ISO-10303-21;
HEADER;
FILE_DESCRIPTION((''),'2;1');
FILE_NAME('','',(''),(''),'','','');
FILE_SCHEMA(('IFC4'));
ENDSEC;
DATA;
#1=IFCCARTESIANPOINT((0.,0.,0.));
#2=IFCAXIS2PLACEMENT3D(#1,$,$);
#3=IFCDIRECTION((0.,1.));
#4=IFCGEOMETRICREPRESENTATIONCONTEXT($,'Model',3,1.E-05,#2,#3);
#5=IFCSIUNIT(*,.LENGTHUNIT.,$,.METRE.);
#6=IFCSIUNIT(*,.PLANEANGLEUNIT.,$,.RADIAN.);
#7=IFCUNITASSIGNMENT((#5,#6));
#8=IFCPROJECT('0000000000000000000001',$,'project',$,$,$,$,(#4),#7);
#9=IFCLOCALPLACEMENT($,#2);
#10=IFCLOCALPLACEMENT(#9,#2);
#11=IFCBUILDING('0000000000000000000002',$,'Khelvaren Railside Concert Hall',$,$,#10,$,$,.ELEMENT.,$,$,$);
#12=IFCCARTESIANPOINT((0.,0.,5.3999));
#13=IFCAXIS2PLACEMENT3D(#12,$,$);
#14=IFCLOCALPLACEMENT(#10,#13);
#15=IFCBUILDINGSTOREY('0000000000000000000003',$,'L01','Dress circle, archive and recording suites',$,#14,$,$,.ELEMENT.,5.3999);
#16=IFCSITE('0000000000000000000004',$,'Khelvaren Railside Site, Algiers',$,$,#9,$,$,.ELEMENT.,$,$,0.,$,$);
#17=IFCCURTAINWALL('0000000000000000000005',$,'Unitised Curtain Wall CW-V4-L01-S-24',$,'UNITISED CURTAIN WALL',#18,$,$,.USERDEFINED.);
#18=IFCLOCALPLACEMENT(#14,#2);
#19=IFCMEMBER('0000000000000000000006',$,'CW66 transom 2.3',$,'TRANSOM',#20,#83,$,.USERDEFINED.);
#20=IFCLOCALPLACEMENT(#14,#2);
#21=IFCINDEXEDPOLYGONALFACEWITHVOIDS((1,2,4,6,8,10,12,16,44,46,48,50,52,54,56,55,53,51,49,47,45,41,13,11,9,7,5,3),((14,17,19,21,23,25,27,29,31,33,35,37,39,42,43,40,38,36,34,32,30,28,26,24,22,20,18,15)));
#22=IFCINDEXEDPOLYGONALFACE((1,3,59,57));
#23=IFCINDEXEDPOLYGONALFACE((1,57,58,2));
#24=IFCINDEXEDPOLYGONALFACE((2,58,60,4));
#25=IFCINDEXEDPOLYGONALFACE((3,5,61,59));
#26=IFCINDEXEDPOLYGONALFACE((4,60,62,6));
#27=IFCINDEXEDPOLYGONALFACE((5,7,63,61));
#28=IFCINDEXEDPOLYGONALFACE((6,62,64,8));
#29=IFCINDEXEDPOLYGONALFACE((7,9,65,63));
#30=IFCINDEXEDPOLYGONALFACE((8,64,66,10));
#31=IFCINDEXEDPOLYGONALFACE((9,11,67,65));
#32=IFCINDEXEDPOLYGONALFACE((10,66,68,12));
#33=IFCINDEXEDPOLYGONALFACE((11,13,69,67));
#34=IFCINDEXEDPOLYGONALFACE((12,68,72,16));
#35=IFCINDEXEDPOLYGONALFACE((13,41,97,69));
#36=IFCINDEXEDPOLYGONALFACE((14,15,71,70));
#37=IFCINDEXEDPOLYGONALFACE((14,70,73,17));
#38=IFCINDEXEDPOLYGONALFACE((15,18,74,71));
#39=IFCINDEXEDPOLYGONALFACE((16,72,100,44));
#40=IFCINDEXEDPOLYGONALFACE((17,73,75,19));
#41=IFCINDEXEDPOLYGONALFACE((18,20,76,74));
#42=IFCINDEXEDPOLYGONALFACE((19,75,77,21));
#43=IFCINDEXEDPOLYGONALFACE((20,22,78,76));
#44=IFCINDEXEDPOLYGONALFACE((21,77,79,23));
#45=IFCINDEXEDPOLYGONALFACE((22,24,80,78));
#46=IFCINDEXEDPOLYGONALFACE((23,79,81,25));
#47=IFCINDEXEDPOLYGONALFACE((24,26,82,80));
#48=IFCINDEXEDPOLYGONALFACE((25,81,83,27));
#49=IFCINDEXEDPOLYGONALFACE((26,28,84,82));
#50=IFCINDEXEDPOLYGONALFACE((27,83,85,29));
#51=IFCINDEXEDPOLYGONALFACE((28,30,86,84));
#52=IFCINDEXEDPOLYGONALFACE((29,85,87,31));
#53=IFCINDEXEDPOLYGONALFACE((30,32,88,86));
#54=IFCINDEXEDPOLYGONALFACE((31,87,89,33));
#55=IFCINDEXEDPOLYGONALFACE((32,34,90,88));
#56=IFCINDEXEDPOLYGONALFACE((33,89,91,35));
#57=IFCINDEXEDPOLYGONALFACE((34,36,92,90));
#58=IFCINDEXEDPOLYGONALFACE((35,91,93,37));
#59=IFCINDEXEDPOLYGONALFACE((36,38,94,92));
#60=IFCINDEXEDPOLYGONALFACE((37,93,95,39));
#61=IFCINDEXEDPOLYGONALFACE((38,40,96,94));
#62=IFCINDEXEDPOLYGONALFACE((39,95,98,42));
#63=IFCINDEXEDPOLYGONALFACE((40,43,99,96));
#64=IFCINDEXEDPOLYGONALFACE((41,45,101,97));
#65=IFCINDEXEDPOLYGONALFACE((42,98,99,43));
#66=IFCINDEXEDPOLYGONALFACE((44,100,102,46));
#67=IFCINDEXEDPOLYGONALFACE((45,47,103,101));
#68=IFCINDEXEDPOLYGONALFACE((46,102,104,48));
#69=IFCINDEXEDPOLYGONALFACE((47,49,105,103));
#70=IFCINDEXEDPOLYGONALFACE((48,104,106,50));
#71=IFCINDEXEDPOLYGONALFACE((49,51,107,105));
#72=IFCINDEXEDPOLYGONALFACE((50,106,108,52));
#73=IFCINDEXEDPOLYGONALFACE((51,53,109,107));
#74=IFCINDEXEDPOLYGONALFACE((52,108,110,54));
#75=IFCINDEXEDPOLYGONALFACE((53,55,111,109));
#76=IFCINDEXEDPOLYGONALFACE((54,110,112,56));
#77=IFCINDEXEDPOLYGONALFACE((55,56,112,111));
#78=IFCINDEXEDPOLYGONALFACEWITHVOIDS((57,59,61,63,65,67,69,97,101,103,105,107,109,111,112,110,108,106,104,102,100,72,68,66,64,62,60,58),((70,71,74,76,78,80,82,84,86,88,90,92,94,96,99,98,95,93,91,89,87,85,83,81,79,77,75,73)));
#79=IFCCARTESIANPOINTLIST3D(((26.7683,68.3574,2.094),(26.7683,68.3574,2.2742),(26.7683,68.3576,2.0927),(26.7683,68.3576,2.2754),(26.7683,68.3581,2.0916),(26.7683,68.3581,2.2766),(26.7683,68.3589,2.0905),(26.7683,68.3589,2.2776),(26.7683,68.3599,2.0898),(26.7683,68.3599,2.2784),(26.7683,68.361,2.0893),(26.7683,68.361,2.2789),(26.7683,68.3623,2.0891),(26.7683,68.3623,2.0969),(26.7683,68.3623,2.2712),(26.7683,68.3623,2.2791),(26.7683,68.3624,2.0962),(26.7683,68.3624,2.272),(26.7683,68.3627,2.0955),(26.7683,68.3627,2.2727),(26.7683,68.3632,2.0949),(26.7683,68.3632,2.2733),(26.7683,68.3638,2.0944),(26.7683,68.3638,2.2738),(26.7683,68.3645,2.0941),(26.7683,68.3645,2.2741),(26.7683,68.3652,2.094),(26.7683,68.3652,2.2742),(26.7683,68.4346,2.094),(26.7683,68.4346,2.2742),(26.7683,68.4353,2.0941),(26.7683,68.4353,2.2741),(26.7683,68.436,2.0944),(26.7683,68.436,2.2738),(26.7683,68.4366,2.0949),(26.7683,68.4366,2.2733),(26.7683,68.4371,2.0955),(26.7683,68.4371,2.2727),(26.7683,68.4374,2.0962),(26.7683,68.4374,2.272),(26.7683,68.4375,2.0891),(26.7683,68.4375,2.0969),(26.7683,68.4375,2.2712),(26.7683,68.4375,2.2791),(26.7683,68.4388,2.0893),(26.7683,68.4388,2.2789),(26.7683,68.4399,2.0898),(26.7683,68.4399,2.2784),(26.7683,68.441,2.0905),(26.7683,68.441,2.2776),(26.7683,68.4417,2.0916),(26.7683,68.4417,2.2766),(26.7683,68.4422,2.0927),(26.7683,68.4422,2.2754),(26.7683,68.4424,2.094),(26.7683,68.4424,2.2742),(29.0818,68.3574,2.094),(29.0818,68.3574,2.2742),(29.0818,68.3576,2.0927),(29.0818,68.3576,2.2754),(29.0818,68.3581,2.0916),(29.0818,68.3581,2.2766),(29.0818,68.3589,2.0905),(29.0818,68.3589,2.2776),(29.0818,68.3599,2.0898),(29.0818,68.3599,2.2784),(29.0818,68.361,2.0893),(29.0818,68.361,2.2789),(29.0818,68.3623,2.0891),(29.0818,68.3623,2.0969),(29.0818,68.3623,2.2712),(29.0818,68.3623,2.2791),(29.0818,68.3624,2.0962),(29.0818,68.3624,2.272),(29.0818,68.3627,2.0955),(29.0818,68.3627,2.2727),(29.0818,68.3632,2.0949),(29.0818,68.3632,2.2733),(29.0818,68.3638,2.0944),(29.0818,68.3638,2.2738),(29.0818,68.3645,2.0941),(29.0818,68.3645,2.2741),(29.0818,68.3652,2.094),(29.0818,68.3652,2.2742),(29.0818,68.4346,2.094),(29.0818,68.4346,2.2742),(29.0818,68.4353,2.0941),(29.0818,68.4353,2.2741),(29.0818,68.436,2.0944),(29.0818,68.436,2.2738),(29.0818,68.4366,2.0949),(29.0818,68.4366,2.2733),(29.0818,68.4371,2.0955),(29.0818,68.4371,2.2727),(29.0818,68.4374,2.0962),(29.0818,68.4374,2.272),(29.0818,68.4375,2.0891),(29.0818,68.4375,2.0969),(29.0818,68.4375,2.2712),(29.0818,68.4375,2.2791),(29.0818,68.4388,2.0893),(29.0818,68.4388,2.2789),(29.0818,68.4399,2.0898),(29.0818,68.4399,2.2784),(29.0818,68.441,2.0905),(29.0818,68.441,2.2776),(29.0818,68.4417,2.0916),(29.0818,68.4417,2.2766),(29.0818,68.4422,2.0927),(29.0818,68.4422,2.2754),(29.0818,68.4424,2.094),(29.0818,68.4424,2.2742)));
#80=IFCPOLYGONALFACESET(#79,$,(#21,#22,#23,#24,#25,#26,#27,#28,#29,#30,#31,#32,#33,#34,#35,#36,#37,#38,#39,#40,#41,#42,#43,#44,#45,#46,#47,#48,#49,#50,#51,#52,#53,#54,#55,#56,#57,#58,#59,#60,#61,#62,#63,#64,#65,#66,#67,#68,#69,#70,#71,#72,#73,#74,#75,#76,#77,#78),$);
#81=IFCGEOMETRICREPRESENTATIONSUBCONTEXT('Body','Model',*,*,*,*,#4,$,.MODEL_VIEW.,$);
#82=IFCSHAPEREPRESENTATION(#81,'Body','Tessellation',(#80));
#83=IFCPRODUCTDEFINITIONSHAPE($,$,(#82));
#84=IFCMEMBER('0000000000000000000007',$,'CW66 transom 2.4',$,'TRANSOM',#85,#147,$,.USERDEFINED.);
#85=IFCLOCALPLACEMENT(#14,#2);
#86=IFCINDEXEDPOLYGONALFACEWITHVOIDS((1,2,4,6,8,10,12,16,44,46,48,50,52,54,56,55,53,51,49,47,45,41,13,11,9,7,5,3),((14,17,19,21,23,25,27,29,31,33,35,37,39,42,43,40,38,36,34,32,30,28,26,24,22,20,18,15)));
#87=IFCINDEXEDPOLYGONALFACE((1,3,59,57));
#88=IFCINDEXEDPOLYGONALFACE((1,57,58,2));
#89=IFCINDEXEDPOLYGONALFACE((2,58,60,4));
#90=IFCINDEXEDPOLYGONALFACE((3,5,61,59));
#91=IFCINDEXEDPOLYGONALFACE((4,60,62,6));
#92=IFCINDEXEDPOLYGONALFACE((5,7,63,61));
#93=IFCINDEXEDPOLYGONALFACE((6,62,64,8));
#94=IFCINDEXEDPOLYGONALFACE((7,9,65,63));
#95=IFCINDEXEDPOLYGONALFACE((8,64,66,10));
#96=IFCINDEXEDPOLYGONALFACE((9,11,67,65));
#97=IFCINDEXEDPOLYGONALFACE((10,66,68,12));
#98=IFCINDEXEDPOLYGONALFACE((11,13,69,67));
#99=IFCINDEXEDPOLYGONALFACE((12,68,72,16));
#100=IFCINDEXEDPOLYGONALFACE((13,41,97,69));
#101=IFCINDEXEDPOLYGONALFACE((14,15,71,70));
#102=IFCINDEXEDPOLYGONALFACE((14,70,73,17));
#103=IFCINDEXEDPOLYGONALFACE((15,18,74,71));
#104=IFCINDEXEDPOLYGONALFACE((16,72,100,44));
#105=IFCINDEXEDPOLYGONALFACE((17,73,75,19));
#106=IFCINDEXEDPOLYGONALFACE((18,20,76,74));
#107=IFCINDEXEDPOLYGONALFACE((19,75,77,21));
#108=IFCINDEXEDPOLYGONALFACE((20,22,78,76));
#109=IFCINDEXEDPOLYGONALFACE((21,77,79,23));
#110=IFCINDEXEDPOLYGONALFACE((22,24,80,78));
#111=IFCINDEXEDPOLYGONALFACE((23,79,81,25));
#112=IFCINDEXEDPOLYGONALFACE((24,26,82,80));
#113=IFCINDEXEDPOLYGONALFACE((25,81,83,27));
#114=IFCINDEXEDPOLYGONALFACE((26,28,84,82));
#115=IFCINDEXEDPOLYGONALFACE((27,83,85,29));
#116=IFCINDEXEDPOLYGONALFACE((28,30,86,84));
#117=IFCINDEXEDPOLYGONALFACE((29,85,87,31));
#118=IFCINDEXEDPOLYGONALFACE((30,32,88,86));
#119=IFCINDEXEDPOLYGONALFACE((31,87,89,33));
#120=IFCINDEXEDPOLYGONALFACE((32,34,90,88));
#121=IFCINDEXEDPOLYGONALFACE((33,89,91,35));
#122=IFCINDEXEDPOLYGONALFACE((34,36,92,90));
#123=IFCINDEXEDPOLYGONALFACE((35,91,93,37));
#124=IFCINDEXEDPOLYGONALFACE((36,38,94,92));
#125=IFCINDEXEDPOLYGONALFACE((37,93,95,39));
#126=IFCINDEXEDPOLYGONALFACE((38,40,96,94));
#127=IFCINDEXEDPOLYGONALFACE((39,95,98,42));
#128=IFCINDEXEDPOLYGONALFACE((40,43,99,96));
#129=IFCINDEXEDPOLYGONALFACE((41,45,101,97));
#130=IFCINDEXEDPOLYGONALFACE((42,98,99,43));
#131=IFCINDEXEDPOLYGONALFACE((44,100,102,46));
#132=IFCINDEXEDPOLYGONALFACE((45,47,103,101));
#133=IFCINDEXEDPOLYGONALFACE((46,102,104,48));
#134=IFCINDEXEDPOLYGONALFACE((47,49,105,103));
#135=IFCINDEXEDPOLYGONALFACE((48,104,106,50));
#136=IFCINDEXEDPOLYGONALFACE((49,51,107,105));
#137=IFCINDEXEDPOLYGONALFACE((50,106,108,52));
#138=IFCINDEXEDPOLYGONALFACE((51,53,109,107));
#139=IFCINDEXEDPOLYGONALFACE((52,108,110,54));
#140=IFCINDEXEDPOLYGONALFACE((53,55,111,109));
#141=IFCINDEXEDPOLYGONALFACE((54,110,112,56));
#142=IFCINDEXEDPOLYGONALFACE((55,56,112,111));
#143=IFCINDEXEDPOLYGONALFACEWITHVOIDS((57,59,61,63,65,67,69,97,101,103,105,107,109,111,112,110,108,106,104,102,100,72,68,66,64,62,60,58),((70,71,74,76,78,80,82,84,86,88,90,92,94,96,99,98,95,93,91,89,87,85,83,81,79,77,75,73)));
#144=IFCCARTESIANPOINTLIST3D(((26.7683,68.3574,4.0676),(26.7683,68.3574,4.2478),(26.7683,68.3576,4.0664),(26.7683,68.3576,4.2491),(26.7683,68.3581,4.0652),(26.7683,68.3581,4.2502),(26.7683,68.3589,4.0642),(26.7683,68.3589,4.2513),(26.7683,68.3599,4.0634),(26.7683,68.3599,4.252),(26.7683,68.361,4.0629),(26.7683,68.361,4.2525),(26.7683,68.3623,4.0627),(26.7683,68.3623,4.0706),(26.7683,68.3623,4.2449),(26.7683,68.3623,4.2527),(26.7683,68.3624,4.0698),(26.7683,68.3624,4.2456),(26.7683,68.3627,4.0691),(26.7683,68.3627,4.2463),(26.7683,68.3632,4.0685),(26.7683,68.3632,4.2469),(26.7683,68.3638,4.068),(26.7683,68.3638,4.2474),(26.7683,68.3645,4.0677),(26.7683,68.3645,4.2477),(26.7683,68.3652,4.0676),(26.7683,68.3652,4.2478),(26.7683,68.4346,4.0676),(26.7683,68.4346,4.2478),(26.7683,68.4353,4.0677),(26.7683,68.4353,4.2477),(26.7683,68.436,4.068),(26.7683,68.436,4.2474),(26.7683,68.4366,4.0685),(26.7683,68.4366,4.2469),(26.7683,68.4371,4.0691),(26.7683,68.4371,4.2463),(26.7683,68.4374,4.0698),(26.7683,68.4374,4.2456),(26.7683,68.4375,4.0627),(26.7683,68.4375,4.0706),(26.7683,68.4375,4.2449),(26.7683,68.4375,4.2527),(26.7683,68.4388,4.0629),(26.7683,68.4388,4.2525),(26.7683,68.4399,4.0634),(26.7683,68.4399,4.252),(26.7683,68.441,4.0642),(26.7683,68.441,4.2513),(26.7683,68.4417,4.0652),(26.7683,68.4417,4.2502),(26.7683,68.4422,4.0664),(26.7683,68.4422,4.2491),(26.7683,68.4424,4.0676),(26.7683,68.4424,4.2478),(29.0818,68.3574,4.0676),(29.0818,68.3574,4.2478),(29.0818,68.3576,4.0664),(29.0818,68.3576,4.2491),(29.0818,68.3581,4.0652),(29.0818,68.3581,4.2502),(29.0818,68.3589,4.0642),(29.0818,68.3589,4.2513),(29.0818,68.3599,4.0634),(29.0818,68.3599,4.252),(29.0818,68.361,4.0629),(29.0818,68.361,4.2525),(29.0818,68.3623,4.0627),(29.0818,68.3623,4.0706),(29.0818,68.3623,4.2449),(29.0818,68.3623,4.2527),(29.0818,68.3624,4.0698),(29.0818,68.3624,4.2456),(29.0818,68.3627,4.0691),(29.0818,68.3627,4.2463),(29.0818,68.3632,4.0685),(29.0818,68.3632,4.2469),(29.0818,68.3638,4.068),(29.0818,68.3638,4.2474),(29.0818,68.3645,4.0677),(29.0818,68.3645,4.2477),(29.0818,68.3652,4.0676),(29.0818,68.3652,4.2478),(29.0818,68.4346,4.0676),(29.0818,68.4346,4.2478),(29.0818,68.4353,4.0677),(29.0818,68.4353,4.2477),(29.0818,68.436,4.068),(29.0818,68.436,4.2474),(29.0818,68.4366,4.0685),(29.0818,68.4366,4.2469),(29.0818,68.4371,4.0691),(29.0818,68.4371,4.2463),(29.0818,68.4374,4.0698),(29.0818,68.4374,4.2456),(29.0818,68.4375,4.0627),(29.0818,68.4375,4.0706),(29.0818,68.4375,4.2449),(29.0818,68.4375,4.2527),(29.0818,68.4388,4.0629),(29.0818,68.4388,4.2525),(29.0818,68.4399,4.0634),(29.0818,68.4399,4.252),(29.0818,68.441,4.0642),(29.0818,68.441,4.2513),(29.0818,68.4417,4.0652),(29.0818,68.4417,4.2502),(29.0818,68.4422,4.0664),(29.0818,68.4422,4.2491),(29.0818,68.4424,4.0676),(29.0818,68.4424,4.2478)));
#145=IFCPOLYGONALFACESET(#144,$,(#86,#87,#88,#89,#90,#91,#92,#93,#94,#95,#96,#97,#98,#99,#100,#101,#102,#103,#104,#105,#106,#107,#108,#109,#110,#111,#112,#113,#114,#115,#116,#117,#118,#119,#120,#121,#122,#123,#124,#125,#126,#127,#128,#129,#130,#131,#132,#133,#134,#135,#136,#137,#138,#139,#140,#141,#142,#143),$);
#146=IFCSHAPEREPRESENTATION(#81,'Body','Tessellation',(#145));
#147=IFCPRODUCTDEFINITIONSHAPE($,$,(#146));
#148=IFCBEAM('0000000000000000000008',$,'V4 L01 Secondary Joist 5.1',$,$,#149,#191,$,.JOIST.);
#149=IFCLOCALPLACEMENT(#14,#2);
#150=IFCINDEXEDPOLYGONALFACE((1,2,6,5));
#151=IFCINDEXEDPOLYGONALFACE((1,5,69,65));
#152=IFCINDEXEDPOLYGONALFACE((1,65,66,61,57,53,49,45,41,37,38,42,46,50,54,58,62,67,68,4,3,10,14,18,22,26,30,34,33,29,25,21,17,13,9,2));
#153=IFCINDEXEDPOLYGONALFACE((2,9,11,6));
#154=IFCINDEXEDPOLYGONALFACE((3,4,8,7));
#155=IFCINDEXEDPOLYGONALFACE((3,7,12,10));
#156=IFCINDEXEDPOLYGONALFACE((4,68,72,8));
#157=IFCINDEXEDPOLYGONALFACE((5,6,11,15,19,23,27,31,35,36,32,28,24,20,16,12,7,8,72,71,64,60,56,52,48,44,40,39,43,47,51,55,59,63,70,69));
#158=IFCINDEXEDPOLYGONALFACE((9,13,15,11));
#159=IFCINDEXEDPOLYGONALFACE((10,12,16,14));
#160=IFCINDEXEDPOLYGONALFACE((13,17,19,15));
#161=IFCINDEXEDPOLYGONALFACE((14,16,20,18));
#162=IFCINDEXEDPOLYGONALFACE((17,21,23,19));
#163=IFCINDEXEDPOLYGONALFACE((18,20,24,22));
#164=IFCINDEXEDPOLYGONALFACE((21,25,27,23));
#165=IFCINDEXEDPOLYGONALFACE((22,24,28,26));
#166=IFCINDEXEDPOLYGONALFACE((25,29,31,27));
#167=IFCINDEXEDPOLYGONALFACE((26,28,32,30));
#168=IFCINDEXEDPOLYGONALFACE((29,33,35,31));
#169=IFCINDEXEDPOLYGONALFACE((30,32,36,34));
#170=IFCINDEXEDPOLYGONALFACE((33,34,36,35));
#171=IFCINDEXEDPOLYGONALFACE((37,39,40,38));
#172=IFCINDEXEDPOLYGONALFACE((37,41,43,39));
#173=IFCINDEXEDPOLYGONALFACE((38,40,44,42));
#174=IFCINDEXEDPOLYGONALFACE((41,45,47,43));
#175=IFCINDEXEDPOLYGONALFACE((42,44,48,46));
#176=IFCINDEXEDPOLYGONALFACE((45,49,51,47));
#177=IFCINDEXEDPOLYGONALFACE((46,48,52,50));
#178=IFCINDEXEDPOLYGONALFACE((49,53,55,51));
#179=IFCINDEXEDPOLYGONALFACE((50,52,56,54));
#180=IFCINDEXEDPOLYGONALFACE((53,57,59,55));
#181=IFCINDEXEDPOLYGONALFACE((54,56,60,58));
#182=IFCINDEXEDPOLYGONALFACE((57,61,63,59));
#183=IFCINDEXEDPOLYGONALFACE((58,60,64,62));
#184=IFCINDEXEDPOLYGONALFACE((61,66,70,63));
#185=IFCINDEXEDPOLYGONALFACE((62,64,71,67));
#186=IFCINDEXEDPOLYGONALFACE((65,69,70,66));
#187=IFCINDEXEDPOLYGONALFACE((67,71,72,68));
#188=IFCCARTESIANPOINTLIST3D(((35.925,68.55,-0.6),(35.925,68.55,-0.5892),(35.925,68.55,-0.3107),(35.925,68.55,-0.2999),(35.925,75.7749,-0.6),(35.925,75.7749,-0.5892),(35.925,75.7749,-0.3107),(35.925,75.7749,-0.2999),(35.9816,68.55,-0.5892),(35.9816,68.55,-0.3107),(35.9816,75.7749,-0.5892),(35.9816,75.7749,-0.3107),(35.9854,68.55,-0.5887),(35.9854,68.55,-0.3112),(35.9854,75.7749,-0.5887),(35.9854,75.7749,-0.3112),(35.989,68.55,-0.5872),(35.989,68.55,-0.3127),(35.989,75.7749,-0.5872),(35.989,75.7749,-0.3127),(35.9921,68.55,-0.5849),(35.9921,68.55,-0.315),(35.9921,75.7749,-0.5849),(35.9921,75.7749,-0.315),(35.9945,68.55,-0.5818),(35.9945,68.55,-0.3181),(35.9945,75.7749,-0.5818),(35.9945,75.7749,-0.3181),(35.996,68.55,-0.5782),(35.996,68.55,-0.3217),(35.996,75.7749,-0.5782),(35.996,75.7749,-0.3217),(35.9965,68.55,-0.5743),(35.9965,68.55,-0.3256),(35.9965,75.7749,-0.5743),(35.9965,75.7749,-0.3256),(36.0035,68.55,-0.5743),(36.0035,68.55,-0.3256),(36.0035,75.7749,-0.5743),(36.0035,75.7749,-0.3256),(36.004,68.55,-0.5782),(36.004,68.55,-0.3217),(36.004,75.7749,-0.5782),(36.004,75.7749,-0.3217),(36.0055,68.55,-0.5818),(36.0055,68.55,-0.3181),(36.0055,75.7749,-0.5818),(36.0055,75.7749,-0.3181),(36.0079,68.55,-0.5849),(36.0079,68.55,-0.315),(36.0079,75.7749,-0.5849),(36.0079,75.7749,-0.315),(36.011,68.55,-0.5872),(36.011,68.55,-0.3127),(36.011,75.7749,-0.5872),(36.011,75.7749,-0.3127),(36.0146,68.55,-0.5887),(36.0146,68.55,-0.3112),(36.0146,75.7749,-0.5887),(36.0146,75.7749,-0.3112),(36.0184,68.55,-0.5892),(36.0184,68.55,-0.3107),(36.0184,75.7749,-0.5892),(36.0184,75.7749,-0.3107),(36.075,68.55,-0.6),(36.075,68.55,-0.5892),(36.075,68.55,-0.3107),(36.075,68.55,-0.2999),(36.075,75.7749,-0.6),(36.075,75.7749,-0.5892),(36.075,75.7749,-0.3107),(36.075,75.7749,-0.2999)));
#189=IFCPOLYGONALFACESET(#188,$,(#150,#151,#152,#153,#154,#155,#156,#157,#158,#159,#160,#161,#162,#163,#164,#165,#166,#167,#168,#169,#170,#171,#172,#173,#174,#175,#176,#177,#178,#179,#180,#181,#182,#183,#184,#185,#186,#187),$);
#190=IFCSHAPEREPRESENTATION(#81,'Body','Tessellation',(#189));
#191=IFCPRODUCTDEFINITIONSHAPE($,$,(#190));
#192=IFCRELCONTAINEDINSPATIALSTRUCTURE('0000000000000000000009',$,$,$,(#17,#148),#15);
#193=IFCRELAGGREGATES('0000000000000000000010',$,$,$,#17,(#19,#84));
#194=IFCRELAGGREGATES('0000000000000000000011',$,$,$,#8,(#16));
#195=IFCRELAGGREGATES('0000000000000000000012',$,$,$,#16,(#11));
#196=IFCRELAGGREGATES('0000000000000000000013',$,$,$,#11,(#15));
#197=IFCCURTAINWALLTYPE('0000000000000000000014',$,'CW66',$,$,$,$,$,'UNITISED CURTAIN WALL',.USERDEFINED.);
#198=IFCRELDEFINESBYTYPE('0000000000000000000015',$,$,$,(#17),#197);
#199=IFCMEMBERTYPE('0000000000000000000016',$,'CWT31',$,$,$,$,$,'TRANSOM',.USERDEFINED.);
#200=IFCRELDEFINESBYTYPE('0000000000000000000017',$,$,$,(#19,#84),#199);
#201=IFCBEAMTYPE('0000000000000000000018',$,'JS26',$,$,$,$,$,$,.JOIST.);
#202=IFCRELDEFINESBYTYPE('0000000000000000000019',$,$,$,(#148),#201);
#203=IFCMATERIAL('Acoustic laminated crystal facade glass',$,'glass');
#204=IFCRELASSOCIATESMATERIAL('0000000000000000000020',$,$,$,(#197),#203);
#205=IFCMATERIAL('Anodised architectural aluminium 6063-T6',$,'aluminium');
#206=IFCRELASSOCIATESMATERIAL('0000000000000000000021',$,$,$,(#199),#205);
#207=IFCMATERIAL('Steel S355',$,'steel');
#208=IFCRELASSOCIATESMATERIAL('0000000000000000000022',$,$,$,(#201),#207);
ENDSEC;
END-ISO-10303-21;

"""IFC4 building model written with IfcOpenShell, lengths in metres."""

from ifc_helpers import new_model, si_unit, direction, frame, origin, origin_2d, place, context, subcontext, project, spatial, hollow_rectangle, i_section, extrude, material, material_profile, profile_set, type_object, element, aggregate, save


model = new_model("IFC4")

# Units and contexts
model_context = context("Model", 3, precision=1e-05, world=origin(), true_north=direction((0.0, 1.0)))
body_context = subcontext(model_context, "Body", "Model", "MODEL_VIEW")
ifc_project = project(units=[si_unit("LENGTHUNIT", "METRE"), si_unit("PLANEANGLEUNIT", "RADIAN")], contexts=[model_context])

# Site, building, storey
site_placement = place(None, origin())
site = spatial("IfcSite", under=ifc_project, at=site_placement, Name="Khelvaren Railside Site, Algiers", CompositionType="ELEMENT", RefElevation=0.0)
building_placement = place(site_placement, origin())
building = spatial("IfcBuilding", under=site, at=building_placement, Name="Khelvaren Railside Concert Hall", CompositionType="ELEMENT")
storey_placement = place(building_placement, frame((0.0, 0.0, 5.3999)))
storey = spatial("IfcBuildingStorey", under=building, at=storey_placement, Name="L01", Description="Dress circle, archive and recording suites", CompositionType="ELEMENT", Elevation=5.3999)

# Curtain wall, members
ifc_material_1 = material(Name="Acoustic laminated crystal facade glass", Category="glass")
curtain_wall_type = type_object("IfcCurtainWallType", Name="CW66", ElementType="UNITISED CURTAIN WALL", PredefinedType="USERDEFINED", material=ifc_material_1)
curtain_wall_placement = place(storey_placement, origin())
curtain_wall = element("IfcCurtainWall", 1, at=curtain_wall_placement, inside=storey, type_object=curtain_wall_type, Name="Unitised Curtain Wall CW-V4-L01-S-24", ObjectType="UNITISED CURTAIN WALL", PredefinedType="USERDEFINED")
ifc_material_2 = material(Name="Anodised architectural aluminium 6063-T6", Category="aluminium")
ifc_material_profile_1 = material_profile(ifc_material_2, hollow_rectangle(XDim=0.085, YDim=0.1899, WallThickness=0.0049, InnerFilletRadius=0.0029, OuterFilletRadius=0.0049, at=origin_2d()), Name="CWT 85x190x5")
ifc_profile_set_1 = profile_set([ifc_material_profile_1], Name="Anodised architectural aluminium 6063-T6")
member_type_1 = type_object("IfcMemberType", Name="CWT31", ElementType="TRANSOM", PredefinedType="USERDEFINED", material=ifc_profile_set_1)
member_1_placement = place(storey_placement, frame((29.0818, 68.3999, 2.1841), z_axis=(-1.0, 0.0, 0.0), x_axis=(0.0, -1.0, 0.0)))
member_1 = element("IfcMember", 2, at=member_1_placement, type_object=member_type_1, Name="CW66 transom 2.3", ObjectType="TRANSOM", PredefinedType="USERDEFINED", context=body_context, shape_type="SweptSolid", body=[
    extrude(hollow_rectangle(XDim=0.085, YDim=0.1899, WallThickness=0.0049, InnerFilletRadius=0.0029, OuterFilletRadius=0.0049, at=origin_2d()), origin(), (0.0, 0.0, 1.0), 2.3135),
])
member_2_placement = place(storey_placement, frame((29.0818, 68.3999, 4.1577), z_axis=(-1.0, 0.0, 0.0), x_axis=(0.0, -1.0, 0.0)))
member_2 = element("IfcMember", 3, at=member_2_placement, type_object=member_type_1, Name="CW66 transom 2.4", ObjectType="TRANSOM", PredefinedType="USERDEFINED", context=body_context, shape_type="SweptSolid", body=[
    extrude(hollow_rectangle(XDim=0.085, YDim=0.1899, WallThickness=0.0049, InnerFilletRadius=0.0029, OuterFilletRadius=0.0049, at=origin_2d()), origin(), (0.0, 0.0, 1.0), 2.3135),
])

# Beam
ifc_material_3 = material(Name="Steel S355", Category="steel")
ifc_material_profile_2 = material_profile(ifc_material_3, i_section(OverallWidth=0.1499, OverallDepth=0.3, WebThickness=0.0071, FlangeThickness=0.0107, FilletRadius=0.0149, at=origin_2d()), Name="IPE 300")
ifc_profile_set_2 = profile_set([ifc_material_profile_2], Name="Steel S355")
beam_type_1 = type_object("IfcBeamType", Name="JS26", PredefinedType="JOIST", material=ifc_profile_set_2)
beam_1_placement = place(storey_placement, frame((36.0, 68.55, -0.45), z_axis=(0.0, 1.0, 0.0), x_axis=(-1.0, 0.0, 0.0)))
element("IfcBeam", 4, at=beam_1_placement, inside=storey, type_object=beam_type_1, Name="V4 L01 Secondary Joist 5.1", PredefinedType="JOIST", context=body_context, shape_type="SweptSolid", body=[
    extrude(i_section(OverallWidth=0.1499, OverallDepth=0.3, WebThickness=0.0071, FlangeThickness=0.0107, FilletRadius=0.0149, at=origin_2d()), origin(), (0.0, 0.0, 1.0), 7.2249),
])

aggregate(curtain_wall, [member_1, member_2])

save(model, "model.ifc")
